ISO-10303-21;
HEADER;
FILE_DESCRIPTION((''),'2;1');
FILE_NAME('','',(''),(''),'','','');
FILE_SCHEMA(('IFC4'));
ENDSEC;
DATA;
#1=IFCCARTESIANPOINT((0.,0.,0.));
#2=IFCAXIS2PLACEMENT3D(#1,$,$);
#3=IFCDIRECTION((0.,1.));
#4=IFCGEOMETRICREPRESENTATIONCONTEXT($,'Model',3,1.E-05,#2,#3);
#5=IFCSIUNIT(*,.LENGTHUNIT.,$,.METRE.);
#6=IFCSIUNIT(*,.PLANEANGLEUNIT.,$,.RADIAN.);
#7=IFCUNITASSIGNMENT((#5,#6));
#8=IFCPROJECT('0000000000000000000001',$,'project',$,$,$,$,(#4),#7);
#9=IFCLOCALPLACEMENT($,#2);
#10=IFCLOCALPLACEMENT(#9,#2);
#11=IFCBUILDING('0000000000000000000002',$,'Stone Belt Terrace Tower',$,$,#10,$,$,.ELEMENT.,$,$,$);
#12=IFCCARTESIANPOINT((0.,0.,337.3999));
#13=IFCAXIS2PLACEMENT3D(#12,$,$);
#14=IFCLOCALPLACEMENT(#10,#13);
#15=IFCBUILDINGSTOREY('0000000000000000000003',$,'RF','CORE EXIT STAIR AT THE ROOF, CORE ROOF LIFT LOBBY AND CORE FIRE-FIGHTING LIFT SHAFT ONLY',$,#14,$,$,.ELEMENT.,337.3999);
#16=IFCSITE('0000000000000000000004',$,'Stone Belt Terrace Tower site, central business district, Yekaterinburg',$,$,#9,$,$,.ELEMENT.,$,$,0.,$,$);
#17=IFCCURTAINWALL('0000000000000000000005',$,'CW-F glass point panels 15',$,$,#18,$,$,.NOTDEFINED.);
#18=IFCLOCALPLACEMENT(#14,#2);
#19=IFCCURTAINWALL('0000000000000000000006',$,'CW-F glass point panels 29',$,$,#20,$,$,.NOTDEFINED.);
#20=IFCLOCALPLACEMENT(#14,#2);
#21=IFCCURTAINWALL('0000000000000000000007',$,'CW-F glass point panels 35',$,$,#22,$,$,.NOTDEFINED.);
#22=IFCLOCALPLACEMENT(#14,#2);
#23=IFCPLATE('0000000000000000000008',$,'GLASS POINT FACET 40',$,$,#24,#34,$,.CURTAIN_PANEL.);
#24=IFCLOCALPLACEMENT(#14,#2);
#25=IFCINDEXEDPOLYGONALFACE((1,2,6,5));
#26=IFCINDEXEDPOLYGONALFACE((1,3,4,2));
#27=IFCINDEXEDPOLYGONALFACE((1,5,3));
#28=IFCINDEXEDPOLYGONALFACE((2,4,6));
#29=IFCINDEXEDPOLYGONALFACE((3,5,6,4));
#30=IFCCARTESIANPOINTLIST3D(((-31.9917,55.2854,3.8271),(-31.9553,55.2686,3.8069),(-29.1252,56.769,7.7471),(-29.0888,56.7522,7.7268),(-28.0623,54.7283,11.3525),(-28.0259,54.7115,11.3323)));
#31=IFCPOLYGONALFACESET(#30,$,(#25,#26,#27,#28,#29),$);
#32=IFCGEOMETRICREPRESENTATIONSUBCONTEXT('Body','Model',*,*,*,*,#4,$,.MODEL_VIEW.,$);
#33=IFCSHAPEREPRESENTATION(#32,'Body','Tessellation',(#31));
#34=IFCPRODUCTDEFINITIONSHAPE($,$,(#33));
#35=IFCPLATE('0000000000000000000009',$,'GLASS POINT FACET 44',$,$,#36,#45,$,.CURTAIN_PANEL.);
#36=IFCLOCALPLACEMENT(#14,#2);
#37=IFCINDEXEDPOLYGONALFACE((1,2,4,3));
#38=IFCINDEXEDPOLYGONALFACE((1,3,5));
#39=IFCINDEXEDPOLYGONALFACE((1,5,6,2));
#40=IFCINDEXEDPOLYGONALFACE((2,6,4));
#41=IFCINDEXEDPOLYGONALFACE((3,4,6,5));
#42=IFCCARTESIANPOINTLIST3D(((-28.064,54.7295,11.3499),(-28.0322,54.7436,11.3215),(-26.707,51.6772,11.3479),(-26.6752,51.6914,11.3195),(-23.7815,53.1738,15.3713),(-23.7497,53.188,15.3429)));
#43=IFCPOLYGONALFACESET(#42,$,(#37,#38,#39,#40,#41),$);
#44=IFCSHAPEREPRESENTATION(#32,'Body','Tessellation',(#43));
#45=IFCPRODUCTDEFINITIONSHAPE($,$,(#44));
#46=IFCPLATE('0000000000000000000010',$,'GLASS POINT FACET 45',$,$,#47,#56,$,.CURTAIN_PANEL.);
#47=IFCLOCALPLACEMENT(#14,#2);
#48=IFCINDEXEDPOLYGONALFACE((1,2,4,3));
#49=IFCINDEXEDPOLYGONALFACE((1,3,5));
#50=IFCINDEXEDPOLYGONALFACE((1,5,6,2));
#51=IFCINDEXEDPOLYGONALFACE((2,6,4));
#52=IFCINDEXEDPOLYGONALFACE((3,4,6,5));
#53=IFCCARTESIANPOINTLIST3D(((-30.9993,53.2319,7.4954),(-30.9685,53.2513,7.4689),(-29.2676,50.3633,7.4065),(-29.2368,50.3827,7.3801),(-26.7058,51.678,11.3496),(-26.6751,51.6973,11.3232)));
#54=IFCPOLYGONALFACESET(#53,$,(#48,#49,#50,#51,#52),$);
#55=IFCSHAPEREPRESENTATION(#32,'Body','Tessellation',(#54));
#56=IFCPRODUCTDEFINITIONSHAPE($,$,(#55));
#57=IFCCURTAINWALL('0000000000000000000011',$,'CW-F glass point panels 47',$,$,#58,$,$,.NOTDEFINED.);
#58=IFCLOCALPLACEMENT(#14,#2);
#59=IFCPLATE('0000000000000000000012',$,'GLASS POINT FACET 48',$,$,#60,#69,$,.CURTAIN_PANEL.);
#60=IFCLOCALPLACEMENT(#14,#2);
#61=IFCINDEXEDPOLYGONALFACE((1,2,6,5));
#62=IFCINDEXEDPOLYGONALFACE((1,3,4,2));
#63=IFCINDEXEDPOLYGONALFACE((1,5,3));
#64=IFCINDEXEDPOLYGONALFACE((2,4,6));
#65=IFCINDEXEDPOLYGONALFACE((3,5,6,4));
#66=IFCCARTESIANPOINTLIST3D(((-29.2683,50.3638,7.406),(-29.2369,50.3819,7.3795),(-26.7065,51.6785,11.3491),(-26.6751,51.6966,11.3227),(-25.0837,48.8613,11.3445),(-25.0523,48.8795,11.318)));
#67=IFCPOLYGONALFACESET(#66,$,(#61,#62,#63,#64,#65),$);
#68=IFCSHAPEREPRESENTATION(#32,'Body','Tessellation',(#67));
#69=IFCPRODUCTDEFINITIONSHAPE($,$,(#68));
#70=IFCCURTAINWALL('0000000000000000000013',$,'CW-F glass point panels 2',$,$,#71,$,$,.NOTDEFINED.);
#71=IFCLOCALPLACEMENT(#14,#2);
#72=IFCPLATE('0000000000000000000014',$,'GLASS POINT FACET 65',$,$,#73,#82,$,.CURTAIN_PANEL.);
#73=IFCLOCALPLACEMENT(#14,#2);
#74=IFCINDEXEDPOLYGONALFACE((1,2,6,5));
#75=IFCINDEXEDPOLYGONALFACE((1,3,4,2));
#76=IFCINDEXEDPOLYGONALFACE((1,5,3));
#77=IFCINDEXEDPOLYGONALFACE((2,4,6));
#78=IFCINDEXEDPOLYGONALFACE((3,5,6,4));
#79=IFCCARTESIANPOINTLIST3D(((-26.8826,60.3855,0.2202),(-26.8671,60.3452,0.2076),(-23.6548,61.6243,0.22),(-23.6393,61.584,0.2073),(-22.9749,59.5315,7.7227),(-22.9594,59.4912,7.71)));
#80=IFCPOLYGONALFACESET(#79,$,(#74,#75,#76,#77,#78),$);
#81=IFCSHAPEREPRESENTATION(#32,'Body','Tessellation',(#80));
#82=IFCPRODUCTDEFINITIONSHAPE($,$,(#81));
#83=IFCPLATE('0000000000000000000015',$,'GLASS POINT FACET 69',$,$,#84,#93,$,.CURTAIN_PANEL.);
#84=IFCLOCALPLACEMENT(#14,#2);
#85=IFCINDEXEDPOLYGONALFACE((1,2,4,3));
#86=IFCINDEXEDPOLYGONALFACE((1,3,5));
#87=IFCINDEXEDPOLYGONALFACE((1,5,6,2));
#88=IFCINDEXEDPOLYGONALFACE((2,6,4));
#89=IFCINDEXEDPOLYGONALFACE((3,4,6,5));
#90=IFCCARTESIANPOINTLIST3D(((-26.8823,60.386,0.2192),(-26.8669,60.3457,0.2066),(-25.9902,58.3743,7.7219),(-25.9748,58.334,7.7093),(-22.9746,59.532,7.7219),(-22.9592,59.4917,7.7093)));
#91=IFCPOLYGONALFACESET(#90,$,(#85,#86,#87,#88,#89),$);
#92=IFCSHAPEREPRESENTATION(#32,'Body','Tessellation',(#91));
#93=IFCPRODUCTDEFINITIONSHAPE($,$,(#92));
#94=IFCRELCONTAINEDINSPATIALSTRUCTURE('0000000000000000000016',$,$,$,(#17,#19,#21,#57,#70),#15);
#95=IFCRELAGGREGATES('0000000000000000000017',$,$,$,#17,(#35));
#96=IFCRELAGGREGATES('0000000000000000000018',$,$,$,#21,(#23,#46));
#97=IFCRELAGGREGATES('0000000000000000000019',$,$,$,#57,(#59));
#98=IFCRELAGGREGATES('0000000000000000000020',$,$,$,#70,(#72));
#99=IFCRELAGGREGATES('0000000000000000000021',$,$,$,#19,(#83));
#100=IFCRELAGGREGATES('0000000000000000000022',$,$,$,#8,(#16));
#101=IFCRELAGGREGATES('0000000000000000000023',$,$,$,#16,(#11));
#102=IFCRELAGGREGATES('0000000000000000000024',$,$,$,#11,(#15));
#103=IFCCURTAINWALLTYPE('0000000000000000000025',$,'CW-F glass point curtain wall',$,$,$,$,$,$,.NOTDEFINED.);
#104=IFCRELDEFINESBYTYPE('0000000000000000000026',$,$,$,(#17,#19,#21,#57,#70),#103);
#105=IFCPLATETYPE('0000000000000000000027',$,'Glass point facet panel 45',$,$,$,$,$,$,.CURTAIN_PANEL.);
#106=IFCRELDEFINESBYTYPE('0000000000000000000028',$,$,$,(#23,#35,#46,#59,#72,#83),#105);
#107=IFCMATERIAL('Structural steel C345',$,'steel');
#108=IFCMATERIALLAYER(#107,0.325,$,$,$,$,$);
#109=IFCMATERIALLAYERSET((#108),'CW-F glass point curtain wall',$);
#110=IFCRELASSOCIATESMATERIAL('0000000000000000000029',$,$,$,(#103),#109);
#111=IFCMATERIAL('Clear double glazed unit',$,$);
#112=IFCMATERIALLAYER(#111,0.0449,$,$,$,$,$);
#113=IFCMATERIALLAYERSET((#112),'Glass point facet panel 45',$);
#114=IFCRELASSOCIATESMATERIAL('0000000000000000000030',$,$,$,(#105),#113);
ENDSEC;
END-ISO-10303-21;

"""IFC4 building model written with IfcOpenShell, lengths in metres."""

from ifc_helpers import new_model, si_unit, direction, frame, origin, place, context, subcontext, project, spatial, polyline, outline, extrude, material, layer, layer_set, type_object, element, aggregate, save


model = new_model("IFC4")

# Units and contexts
model_context = context("Model", 3, precision=1e-05, world=origin(), true_north=direction((0.0, 1.0)))
body_context = subcontext(model_context, "Body", "Model", "MODEL_VIEW")
ifc_project = project(units=[si_unit("LENGTHUNIT", "METRE"), si_unit("PLANEANGLEUNIT", "RADIAN")], contexts=[model_context])

# Site, building, storey
site_placement = place(None, origin())
site = spatial("IfcSite", under=ifc_project, at=site_placement, Name="Stone Belt Terrace Tower site, central business district, Yekaterinburg", CompositionType="ELEMENT", RefElevation=0.0)
building_placement = place(site_placement, origin())
building = spatial("IfcBuilding", under=site, at=building_placement, Name="Stone Belt Terrace Tower", CompositionType="ELEMENT")
storey_placement = place(building_placement, frame((0.0, 0.0, 337.3999)))
storey = spatial("IfcBuildingStorey", under=building, at=storey_placement, Name="RF", Description="CORE EXIT STAIR AT THE ROOF, CORE ROOF LIFT LOBBY AND CORE FIRE-FIGHTING LIFT SHAFT ONLY", CompositionType="ELEMENT", Elevation=337.3999)

# Shared definitions
ifc_material_1 = material(Name="Structural steel C345", Category="steel")

# Curtain walls
ifc_layer_1 = layer(ifc_material_1, 0.325)
ifc_layer_set_1 = layer_set([ifc_layer_1], Name="CW-F glass point curtain wall")
curtain_wall_type = type_object("IfcCurtainWallType", Name="CW-F glass point curtain wall", PredefinedType="NOTDEFINED", material=ifc_layer_set_1)
curtain_wall_1_placement = place(storey_placement, origin())
curtain_wall_1 = element("IfcCurtainWall", 1, at=curtain_wall_1_placement, inside=storey, type_object=curtain_wall_type, Name="CW-F glass point panels 15", PredefinedType="NOTDEFINED")
ifc_material_2 = material(Name="Clear double glazed unit")
ifc_layer_2 = layer(ifc_material_2, 0.0449)
ifc_layer_set_2 = layer_set([ifc_layer_2], Name="Glass point facet panel 45")
plate_type = type_object("IfcPlateType", Name="Glass point facet panel 45", PredefinedType="CURTAIN_PANEL", material=ifc_layer_set_2)
curtain_wall_2_placement = place(storey_placement, origin())
curtain_wall_2 = element("IfcCurtainWall", 2, at=curtain_wall_2_placement, inside=storey, type_object=curtain_wall_type, Name="CW-F glass point panels 29", PredefinedType="NOTDEFINED")

# Curtain wall, plate
curtain_wall_3_placement = place(storey_placement, origin())
curtain_wall_3 = element("IfcCurtainWall", 3, at=curtain_wall_3_placement, inside=storey, type_object=curtain_wall_type, Name="CW-F glass point panels 35", PredefinedType="NOTDEFINED")
plate_1_placement = place(storey_placement, frame((-29.1252, 56.769, 7.7471), z_axis=(-0.810295, 0.37441, 0.450821), x_axis=(0.248527, -0.477132, 0.842959)))
plate_1 = element("IfcPlate", 4, at=plate_1_placement, type_object=plate_type, Name="GLASS POINT FACET 40", PredefinedType="CURTAIN_PANEL", context=body_context, shape_type="SweptSolid", body=[
    extrude(outline(polyline([(0.0, 0.0), (4.2772, 0.0), (-3.3088, -3.8516), (0.0, 0.0)])), origin(), (0.0, 0.0, -1.0), 0.0449),
])

# Plates
plate_2_placement = place(storey_placement, frame((-28.064, 54.7295, 11.3499), z_axis=(-0.707981, -0.315151, 0.632015), x_axis=(0.704682, -0.255985, 0.661736)))
plate_2 = element("IfcPlate", 5, at=plate_2_placement, type_object=plate_type, Name="GLASS POINT FACET 44", PredefinedType="CURTAIN_PANEL", context=body_context, shape_type="SweptSolid", body=[
    extrude(outline(polyline([(0.0, 0.0), (6.0772, 0.0), (1.7362, -2.8536), (0.0, 0.0)])), origin(), (0.0, 0.0, -1.0), 0.0449),
])
aggregate(curtain_wall_1, [plate_2])
plate_3_placement = place(storey_placement, frame((-30.9993, 53.2319, 7.4954), z_axis=(-0.684132, -0.431206, 0.588239), x_axis=(0.718538, -0.260065, 0.645034)))
plate_3 = element("IfcPlate", 6, at=plate_3_placement, type_object=plate_type, Name="GLASS POINT FACET 45", PredefinedType="CURTAIN_PANEL", context=body_context, shape_type="SweptSolid", body=[
    extrude(outline(polyline([(0.0, 0.0), (5.9753, 0.0), (1.933, -2.7385), (0.0, 0.0)])), origin(), (0.0, 0.0, -1.0), 0.0449),
])
aggregate(curtain_wall_3, [plate_1, plate_3])

# Curtain walls, plates
curtain_wall_4_placement = place(storey_placement, origin())
curtain_wall_4 = element("IfcCurtainWall", 7, at=curtain_wall_4_placement, inside=storey, type_object=curtain_wall_type, Name="CW-F glass point panels 47", PredefinedType="NOTDEFINED")
plate_4_placement = place(storey_placement, frame((-26.7065, 51.6785, 11.3491), z_axis=(-0.69967, -0.404013, 0.589267), x_axis=(0.499152, -0.866513, -0.001427)))
plate_4 = element("IfcPlate", 8, at=plate_4_placement, type_object=plate_type, Name="GLASS POINT FACET 48", PredefinedType="CURTAIN_PANEL", context=body_context, shape_type="SweptSolid", body=[
    extrude(outline(polyline([(0.0, 0.0), (3.2511, 0.0), (-0.1339, -4.8807), (0.0, 0.0)])), origin(), (0.0, 0.0, -1.0), 0.0449),
])
aggregate(curtain_wall_4, [plate_4])
curtain_wall_5_placement = place(storey_placement, origin())
curtain_wall_5 = element("IfcCurtainWall", 9, at=curtain_wall_5_placement, inside=storey, type_object=curtain_wall_type, Name="CW-F glass point panels 2", PredefinedType="NOTDEFINED")
plate_5_placement = place(storey_placement, frame((-26.8826, 60.3855, 0.2202), z_axis=(-0.343839, 0.895974, 0.28108), x_axis=(0.933606, 0.358302, -0.000071)))
plate_5 = element("IfcPlate", 10, at=plate_5_placement, type_object=plate_type, Name="GLASS POINT FACET 65", PredefinedType="CURTAIN_PANEL", context=body_context, shape_type="SweptSolid", body=[
    extrude(outline(polyline([(0.0, 0.0), (3.4573, 0.0), (3.3417, -7.8179), (0.0, 0.0)])), origin(), (0.0, 0.0, -1.0), 0.0449),
])
aggregate(curtain_wall_5, [plate_5])

# Plate
plate_6_placement = place(storey_placement, frame((-26.8823, 60.386, 0.2192), z_axis=(-0.343948, 0.895919, 0.281122), x_axis=(0.459604, -0.100443, 0.882426)))
plate_6 = element("IfcPlate", 11, at=plate_6_placement, type_object=plate_type, Name="GLASS POINT FACET 69", PredefinedType="CURTAIN_PANEL", context=body_context, shape_type="SweptSolid", body=[
    extrude(outline(polyline([(0.0, 0.0), (8.5023, 0.0), (7.2326, -2.9702), (0.0, 0.0)])), origin(), (0.0, 0.0, -1.0), 0.0449),
])
aggregate(curtain_wall_2, [plate_6])

save(model, "model.ifc")
